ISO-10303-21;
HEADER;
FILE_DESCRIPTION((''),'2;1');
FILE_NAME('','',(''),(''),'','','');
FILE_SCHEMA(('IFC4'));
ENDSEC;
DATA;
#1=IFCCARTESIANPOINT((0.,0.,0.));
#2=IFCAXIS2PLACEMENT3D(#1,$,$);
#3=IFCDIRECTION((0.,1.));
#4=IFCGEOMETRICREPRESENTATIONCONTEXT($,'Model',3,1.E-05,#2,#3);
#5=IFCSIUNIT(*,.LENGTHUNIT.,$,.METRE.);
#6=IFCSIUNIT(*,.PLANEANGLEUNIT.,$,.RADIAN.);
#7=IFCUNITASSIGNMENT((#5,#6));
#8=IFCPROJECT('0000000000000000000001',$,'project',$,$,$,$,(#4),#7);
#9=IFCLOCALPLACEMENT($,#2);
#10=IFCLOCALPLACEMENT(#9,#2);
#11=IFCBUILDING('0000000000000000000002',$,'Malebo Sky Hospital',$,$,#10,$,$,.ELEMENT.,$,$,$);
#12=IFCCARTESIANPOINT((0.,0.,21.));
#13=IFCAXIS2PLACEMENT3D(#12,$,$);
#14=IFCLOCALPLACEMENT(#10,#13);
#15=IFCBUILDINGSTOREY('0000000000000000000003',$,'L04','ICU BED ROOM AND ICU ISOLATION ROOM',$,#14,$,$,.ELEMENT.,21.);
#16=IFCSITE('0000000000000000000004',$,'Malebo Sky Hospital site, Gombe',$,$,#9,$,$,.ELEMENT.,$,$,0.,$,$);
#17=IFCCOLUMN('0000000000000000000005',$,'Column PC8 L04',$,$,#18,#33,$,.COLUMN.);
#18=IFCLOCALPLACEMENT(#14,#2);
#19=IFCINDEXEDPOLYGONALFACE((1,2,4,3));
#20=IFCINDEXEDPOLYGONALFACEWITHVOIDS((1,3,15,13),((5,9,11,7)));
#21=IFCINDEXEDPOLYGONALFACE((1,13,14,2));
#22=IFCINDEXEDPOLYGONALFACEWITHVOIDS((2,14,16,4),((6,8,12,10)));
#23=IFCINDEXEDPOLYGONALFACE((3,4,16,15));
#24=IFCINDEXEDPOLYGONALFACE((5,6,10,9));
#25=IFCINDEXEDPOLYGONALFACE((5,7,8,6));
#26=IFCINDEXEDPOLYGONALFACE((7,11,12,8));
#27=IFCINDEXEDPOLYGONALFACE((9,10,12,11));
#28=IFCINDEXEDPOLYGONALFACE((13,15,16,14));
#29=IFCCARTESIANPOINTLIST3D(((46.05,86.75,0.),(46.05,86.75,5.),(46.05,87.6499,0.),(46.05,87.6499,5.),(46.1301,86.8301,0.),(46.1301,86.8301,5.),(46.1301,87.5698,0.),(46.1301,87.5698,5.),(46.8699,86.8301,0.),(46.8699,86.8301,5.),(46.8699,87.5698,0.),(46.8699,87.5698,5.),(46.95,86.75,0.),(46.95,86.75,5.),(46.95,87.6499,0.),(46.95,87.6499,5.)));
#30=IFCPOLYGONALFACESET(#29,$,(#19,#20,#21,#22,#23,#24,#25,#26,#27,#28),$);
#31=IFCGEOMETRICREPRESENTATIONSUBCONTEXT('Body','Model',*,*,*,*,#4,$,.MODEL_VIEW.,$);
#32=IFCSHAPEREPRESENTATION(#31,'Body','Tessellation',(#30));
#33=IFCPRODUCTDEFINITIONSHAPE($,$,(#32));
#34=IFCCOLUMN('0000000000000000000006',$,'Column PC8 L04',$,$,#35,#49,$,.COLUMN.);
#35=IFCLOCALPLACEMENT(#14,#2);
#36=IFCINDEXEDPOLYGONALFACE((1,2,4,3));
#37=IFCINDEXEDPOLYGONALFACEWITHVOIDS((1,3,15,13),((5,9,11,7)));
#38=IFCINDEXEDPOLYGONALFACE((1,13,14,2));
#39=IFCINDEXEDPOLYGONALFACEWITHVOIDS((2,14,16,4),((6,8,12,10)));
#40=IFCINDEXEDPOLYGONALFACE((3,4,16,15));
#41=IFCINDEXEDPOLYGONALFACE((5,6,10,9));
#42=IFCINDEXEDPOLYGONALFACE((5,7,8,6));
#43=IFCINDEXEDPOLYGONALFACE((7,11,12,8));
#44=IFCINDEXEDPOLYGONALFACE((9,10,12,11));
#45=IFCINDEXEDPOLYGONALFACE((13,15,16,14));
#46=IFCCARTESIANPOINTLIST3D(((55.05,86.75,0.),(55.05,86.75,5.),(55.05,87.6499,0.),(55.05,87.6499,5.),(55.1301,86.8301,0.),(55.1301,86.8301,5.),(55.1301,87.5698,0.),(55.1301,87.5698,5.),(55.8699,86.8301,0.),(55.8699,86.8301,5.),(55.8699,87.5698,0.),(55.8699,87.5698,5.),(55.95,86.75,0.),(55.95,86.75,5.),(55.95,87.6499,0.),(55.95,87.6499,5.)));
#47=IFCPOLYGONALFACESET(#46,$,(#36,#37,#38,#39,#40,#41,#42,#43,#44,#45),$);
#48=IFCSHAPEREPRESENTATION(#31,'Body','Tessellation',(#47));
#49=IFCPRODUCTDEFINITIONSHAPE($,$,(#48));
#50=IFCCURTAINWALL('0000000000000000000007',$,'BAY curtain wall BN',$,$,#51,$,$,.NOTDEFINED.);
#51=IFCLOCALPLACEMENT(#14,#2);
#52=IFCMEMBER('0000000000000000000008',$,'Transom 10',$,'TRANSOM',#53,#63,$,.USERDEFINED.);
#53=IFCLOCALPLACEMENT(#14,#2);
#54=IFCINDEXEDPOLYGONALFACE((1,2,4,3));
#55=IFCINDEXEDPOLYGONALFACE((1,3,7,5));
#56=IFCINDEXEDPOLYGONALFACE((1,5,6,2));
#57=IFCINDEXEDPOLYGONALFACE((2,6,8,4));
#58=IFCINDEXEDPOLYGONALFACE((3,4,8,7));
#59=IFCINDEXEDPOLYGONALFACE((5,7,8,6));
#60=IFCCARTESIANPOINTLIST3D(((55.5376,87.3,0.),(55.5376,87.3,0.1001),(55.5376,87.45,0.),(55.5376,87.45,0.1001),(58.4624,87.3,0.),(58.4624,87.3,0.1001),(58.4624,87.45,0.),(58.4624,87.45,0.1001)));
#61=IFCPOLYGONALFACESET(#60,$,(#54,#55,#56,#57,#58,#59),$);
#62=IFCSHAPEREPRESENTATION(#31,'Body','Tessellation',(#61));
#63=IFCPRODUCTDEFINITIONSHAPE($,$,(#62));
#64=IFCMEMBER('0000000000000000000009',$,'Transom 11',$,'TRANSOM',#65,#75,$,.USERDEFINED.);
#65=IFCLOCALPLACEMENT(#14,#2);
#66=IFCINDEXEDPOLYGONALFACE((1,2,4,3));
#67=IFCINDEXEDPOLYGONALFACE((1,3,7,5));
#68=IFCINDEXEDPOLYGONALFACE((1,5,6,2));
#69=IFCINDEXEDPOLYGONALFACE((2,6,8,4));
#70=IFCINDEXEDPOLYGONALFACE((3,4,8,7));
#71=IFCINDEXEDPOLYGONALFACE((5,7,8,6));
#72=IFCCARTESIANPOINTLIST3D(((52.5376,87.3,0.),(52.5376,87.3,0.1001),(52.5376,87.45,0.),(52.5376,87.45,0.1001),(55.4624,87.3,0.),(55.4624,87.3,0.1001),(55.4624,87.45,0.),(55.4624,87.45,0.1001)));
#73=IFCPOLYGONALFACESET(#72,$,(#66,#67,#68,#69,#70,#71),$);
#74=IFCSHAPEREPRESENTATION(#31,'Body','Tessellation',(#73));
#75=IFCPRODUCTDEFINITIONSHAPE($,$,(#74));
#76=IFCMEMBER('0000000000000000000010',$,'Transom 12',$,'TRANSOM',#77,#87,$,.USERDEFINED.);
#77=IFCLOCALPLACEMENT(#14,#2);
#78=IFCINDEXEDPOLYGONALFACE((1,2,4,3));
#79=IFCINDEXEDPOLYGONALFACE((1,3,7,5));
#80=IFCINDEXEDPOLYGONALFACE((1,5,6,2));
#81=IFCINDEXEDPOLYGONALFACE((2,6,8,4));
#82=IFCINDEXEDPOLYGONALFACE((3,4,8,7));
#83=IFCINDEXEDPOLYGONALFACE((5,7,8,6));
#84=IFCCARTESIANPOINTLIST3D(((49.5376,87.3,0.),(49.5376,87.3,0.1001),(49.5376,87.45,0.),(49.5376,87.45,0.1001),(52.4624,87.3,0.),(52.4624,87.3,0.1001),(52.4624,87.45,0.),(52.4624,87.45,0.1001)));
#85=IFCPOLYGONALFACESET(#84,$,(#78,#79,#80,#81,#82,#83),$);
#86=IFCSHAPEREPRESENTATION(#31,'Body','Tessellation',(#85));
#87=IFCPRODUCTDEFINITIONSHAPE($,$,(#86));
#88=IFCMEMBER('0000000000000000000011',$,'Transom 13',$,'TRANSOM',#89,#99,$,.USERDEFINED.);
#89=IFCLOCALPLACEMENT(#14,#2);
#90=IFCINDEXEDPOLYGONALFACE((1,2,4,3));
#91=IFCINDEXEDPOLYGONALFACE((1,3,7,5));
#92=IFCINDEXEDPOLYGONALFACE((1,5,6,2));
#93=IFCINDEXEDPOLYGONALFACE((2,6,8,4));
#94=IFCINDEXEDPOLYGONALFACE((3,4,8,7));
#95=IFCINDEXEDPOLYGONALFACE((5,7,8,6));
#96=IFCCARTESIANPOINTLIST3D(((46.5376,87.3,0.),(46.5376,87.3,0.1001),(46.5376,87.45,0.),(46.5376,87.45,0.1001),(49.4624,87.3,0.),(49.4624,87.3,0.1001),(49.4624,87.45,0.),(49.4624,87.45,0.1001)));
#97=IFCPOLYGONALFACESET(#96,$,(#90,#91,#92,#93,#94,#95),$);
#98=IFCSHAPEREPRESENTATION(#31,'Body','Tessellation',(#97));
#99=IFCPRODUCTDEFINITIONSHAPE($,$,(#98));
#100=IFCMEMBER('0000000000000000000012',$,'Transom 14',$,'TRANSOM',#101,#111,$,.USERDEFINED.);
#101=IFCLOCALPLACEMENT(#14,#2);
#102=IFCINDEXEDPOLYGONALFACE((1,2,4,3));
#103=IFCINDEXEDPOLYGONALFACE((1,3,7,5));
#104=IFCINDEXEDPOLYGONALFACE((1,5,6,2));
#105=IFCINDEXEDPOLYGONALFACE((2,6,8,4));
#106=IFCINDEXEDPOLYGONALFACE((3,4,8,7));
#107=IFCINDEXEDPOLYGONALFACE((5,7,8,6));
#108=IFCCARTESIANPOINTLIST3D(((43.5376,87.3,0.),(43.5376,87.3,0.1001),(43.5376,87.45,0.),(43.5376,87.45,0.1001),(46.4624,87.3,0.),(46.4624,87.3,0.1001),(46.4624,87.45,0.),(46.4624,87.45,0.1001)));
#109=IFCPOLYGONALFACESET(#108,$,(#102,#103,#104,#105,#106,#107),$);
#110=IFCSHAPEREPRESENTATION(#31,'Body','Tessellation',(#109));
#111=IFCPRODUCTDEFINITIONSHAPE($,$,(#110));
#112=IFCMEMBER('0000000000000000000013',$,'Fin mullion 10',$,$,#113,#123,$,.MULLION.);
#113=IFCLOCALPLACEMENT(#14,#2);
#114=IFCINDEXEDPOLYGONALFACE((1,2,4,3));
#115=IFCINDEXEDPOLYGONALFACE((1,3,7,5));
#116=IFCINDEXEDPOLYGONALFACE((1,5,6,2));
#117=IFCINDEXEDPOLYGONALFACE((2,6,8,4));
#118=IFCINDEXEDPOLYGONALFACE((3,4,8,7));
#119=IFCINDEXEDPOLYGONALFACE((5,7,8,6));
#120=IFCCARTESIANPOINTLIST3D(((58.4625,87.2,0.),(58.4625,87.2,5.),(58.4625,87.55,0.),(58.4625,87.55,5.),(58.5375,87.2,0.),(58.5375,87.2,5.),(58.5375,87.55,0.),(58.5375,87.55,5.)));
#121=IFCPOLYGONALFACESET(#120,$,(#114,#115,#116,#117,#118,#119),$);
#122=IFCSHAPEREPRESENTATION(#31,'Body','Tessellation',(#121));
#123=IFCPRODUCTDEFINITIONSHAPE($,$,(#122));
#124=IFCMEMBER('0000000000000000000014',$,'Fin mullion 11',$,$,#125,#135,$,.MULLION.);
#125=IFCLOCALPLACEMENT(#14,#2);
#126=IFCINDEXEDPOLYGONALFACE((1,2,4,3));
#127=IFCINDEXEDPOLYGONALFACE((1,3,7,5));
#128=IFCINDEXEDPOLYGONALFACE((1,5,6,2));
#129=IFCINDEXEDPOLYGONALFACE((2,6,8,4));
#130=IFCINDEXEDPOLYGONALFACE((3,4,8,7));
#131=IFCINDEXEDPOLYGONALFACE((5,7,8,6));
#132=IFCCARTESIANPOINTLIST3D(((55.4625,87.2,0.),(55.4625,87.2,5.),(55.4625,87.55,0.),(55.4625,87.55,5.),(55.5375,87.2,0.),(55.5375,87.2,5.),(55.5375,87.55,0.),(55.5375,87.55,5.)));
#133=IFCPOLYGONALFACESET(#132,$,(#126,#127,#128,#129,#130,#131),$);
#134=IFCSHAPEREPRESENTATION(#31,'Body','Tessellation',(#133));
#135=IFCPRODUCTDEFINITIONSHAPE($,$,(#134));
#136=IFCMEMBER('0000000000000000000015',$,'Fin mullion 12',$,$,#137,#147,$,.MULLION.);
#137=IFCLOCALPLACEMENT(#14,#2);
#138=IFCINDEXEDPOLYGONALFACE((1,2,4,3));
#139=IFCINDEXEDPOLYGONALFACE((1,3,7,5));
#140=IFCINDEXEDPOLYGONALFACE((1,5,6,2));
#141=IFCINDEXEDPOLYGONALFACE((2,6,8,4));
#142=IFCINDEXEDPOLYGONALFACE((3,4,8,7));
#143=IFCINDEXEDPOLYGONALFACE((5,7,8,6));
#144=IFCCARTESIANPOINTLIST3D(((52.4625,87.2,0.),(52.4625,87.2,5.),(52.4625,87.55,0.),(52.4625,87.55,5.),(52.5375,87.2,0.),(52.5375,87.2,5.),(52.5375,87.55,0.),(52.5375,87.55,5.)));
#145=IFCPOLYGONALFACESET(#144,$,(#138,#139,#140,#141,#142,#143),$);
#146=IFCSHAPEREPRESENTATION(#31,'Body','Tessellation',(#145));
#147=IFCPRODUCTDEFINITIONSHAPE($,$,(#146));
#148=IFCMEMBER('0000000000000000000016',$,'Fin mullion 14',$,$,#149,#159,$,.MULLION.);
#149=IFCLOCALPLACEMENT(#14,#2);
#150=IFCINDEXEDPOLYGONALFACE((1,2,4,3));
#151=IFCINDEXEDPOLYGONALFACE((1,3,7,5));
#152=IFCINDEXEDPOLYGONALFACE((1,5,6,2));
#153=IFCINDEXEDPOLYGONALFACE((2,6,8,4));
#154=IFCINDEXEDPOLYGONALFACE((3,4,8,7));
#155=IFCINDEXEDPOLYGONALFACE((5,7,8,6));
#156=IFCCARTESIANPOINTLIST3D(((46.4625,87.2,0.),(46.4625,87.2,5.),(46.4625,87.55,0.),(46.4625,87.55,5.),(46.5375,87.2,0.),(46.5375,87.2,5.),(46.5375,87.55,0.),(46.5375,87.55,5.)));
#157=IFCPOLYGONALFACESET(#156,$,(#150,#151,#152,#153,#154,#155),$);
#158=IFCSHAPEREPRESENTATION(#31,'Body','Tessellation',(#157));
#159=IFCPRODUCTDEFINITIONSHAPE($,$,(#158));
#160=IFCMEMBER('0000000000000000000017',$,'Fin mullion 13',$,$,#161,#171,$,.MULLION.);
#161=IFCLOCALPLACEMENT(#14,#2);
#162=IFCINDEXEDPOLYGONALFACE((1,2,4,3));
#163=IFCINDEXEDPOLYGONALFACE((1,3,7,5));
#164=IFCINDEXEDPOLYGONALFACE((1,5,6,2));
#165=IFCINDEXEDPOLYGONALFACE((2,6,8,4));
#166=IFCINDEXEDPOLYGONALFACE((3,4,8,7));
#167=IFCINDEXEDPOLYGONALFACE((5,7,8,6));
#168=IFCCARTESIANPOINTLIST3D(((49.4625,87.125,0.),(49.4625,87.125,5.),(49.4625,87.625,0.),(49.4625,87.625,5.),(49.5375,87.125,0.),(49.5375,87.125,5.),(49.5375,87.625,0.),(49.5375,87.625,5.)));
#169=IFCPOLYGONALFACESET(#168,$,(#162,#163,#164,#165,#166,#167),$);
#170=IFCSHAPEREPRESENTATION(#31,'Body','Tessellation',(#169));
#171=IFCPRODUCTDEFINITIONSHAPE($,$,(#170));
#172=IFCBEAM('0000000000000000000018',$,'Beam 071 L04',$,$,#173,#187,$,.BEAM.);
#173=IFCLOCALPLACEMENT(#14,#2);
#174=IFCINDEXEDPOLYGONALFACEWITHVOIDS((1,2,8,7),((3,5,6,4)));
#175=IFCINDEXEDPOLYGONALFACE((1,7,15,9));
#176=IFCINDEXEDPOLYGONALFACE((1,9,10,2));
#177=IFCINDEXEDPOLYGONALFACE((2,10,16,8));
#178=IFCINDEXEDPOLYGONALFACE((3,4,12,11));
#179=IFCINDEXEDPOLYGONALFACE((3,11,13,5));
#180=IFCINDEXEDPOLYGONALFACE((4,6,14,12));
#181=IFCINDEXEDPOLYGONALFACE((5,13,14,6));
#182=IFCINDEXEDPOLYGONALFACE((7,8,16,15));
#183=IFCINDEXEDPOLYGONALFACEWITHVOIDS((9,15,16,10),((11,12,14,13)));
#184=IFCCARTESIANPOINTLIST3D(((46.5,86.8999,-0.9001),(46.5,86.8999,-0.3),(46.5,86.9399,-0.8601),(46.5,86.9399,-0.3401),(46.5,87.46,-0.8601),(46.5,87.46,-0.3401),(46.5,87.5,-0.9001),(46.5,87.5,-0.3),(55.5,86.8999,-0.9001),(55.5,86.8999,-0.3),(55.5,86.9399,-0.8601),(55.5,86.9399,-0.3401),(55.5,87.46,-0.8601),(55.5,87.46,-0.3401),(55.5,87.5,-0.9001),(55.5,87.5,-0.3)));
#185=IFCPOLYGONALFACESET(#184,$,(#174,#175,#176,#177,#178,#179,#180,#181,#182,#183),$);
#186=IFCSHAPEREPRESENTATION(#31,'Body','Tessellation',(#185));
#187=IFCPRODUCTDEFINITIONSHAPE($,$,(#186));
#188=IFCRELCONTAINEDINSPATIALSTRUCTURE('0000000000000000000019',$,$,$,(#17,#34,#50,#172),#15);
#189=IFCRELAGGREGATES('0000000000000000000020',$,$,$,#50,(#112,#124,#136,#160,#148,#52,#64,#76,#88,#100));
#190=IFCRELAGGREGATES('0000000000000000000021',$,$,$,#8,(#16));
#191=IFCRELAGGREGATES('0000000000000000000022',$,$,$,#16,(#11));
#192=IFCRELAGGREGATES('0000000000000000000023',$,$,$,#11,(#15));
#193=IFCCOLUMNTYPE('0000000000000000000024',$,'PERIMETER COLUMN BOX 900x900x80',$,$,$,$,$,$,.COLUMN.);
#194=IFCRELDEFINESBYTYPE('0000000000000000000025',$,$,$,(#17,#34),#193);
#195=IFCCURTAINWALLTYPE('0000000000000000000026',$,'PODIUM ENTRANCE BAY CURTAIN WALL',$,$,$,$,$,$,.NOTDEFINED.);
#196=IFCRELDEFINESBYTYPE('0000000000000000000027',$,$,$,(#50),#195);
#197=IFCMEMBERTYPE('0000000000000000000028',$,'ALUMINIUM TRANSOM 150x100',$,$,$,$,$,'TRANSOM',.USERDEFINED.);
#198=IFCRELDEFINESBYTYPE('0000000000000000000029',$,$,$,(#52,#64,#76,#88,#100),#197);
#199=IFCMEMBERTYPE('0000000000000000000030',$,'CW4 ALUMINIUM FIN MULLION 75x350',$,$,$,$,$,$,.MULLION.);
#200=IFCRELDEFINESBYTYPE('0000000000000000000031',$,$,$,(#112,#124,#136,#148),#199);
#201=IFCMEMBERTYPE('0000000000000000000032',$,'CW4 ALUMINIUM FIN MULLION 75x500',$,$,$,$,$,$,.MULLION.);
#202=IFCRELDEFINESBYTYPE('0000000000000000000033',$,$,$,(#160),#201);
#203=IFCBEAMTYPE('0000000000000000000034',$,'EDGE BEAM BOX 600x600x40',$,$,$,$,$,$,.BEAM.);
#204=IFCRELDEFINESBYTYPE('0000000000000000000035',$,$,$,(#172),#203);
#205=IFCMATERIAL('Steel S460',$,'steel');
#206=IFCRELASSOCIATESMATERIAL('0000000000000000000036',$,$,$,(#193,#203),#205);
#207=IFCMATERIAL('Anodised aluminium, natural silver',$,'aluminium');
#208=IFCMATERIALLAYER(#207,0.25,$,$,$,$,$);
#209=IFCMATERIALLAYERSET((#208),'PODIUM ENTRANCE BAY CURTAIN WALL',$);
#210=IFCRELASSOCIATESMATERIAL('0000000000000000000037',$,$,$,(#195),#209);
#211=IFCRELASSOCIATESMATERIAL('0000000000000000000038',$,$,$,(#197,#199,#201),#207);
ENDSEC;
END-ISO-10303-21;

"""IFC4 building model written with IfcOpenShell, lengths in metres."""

from ifc_helpers import new_model, si_unit, direction, frame, origin, origin_2d, place, context, subcontext, project, spatial, rectangle, hollow_rectangle, extrude, material, layer, layer_set, material_profile, profile_set, type_object, element, aggregate, save


model = new_model("IFC4")

# Units and contexts
model_context = context("Model", 3, precision=1e-05, world=origin(), true_north=direction((0.0, 1.0)))
body_context = subcontext(model_context, "Body", "Model", "MODEL_VIEW")
ifc_project = project(units=[si_unit("LENGTHUNIT", "METRE"), si_unit("PLANEANGLEUNIT", "RADIAN")], contexts=[model_context])

# Site, building, storey
site_placement = place(None, origin())
site = spatial("IfcSite", under=ifc_project, at=site_placement, Name="Malebo Sky Hospital site, Gombe", CompositionType="ELEMENT", RefElevation=0.0)
building_placement = place(site_placement, origin())
building = spatial("IfcBuilding", under=site, at=building_placement, Name="Malebo Sky Hospital", CompositionType="ELEMENT")
storey_placement = place(building_placement, frame((0.0, 0.0, 21.0)))
storey = spatial("IfcBuildingStorey", under=building, at=storey_placement, Name="L04", Description="ICU BED ROOM AND ICU ISOLATION ROOM", CompositionType="ELEMENT", Elevation=21.0)

# Columns
ifc_material_1 = material(Name="Steel S460", Category="steel")
ifc_material_profile_1 = material_profile(ifc_material_1, hollow_rectangle(XDim=0.8999, YDim=0.8999, WallThickness=0.0801, at=origin_2d()), Name="BOX 900x900x80")
ifc_profile_set_1 = profile_set([ifc_material_profile_1], Name="Steel S460")
column_type = type_object("IfcColumnType", Name="PERIMETER COLUMN BOX 900x900x80", PredefinedType="COLUMN", material=ifc_profile_set_1)
for number, where, z_axis, x_axis, name in (
    (1, (46.5, 87.2, 0.0), (0.0, 0.0, 1.0), (1.0, 0.0, 0.0), "Column PC8 L04"),
    (2, (55.5, 87.2, 0.0), (0.0, 0.0, 1.0), (1.0, 0.0, 0.0), "Column PC8 L04"),
):
    element("IfcColumn", number, at=place(storey_placement, frame(where, z_axis=z_axis, x_axis=x_axis)), inside=storey, type_object=column_type, Name=name, PredefinedType="COLUMN", context=body_context, shape_type="SweptSolid", body=[
        extrude(hollow_rectangle(XDim=0.8999, YDim=0.8999, WallThickness=0.0801, at=origin_2d()), origin(), (0.0, 0.0, 1.0), 5.0),
    ])

# Curtain wall, members
ifc_material_2 = material(Name="Anodised aluminium, natural silver", Category="aluminium")
ifc_layer_1 = layer(ifc_material_2, 0.25)
ifc_layer_set_1 = layer_set([ifc_layer_1], Name="PODIUM ENTRANCE BAY CURTAIN WALL")
curtain_wall_type = type_object("IfcCurtainWallType", Name="PODIUM ENTRANCE BAY CURTAIN WALL", PredefinedType="NOTDEFINED", material=ifc_layer_set_1)
curtain_wall_placement = place(storey_placement, origin())
curtain_wall = element("IfcCurtainWall", 3, at=curtain_wall_placement, inside=storey, type_object=curtain_wall_type, Name="BAY curtain wall BN", PredefinedType="NOTDEFINED")
ifc_material_profile_2 = material_profile(ifc_material_2, rectangle(XDim=0.1499, YDim=0.1001, at=origin_2d()), Name="ALUMINIUM TRANSOM 150x100")
ifc_profile_set_2 = profile_set([ifc_material_profile_2], Name="Anodised aluminium, natural silver")
member_type_1 = type_object("IfcMemberType", Name="ALUMINIUM TRANSOM 150x100", ElementType="TRANSOM", PredefinedType="USERDEFINED", material=ifc_profile_set_2)
member_1_placement = place(storey_placement, frame((58.4624, 87.375, 0.05), z_axis=(-1.0, 0.0, 0.0), x_axis=(0.0, -1.0, 0.0)))
member_1 = element("IfcMember", 4, at=member_1_placement, type_object=member_type_1, Name="Transom 10", ObjectType="TRANSOM", PredefinedType="USERDEFINED", context=body_context, shape_type="SweptSolid", body=[
    extrude(rectangle(XDim=0.1499, YDim=0.1001, at=origin_2d()), origin(), (0.0, 0.0, 1.0), 2.9248),
])
member_2_placement = place(storey_placement, frame((55.4624, 87.375, 0.05), z_axis=(-1.0, 0.0, 0.0), x_axis=(0.0, -1.0, 0.0)))
member_2 = element("IfcMember", 5, at=member_2_placement, type_object=member_type_1, Name="Transom 11", ObjectType="TRANSOM", PredefinedType="USERDEFINED", context=body_context, shape_type="SweptSolid", body=[
    extrude(rectangle(XDim=0.1499, YDim=0.1001, at=origin_2d()), origin(), (0.0, 0.0, 1.0), 2.9248),
])
member_3_placement = place(storey_placement, frame((52.4624, 87.375, 0.05), z_axis=(-1.0, 0.0, 0.0), x_axis=(0.0, -1.0, 0.0)))
member_3 = element("IfcMember", 6, at=member_3_placement, type_object=member_type_1, Name="Transom 12", ObjectType="TRANSOM", PredefinedType="USERDEFINED", context=body_context, shape_type="SweptSolid", body=[
    extrude(rectangle(XDim=0.1499, YDim=0.1001, at=origin_2d()), origin(), (0.0, 0.0, 1.0), 2.9248),
])
member_4_placement = place(storey_placement, frame((49.4624, 87.375, 0.05), z_axis=(-1.0, 0.0, 0.0), x_axis=(0.0, -1.0, 0.0)))
member_4 = element("IfcMember", 7, at=member_4_placement, type_object=member_type_1, Name="Transom 13", ObjectType="TRANSOM", PredefinedType="USERDEFINED", context=body_context, shape_type="SweptSolid", body=[
    extrude(rectangle(XDim=0.1499, YDim=0.1001, at=origin_2d()), origin(), (0.0, 0.0, 1.0), 2.9248),
])
member_5_placement = place(storey_placement, frame((46.4624, 87.375, 0.05), z_axis=(-1.0, 0.0, 0.0), x_axis=(0.0, -1.0, 0.0)))
member_5 = element("IfcMember", 8, at=member_5_placement, type_object=member_type_1, Name="Transom 14", ObjectType="TRANSOM", PredefinedType="USERDEFINED", context=body_context, shape_type="SweptSolid", body=[
    extrude(rectangle(XDim=0.1499, YDim=0.1001, at=origin_2d()), origin(), (0.0, 0.0, 1.0), 2.9248),
])
ifc_material_profile_3 = material_profile(ifc_material_2, rectangle(XDim=0.075, YDim=0.3501, at=origin_2d()), Name="CW4 ALUMINIUM FIN MULLION 75x350")
ifc_profile_set_3 = profile_set([ifc_material_profile_3], Name="Anodised aluminium, natural silver")
member_type_2 = type_object("IfcMemberType", Name="CW4 ALUMINIUM FIN MULLION 75x350", PredefinedType="MULLION", material=ifc_profile_set_3)
member_6_placement = place(storey_placement, frame((58.5, 87.375, 0.0), z_axis=(0.0, 0.0, 1.0), x_axis=(-1.0, 0.0, 0.0)))
member_6 = element("IfcMember", 9, at=member_6_placement, type_object=member_type_2, Name="Fin mullion 10", PredefinedType="MULLION", context=body_context, shape_type="SweptSolid", body=[
    extrude(rectangle(XDim=0.075, YDim=0.3501, at=origin_2d()), origin(), (0.0, 0.0, 1.0), 5.0),
])
member_7_placement = place(storey_placement, frame((55.5, 87.375, 0.0), z_axis=(0.0, 0.0, 1.0), x_axis=(-1.0, 0.0, 0.0)))
member_7 = element("IfcMember", 10, at=member_7_placement, type_object=member_type_2, Name="Fin mullion 11", PredefinedType="MULLION", context=body_context, shape_type="SweptSolid", body=[
    extrude(rectangle(XDim=0.075, YDim=0.3501, at=origin_2d()), origin(), (0.0, 0.0, 1.0), 5.0),
])
member_8_placement = place(storey_placement, frame((52.5, 87.375, 0.0), z_axis=(0.0, 0.0, 1.0), x_axis=(-1.0, 0.0, 0.0)))
member_8 = element("IfcMember", 11, at=member_8_placement, type_object=member_type_2, Name="Fin mullion 12", PredefinedType="MULLION", context=body_context, shape_type="SweptSolid", body=[
    extrude(rectangle(XDim=0.075, YDim=0.3501, at=origin_2d()), origin(), (0.0, 0.0, 1.0), 5.0),
])
member_9_placement = place(storey_placement, frame((46.5, 87.375, 0.0), z_axis=(0.0, 0.0, 1.0), x_axis=(-1.0, 0.0, 0.0)))
member_9 = element("IfcMember", 12, at=member_9_placement, type_object=member_type_2, Name="Fin mullion 14", PredefinedType="MULLION", context=body_context, shape_type="SweptSolid", body=[
    extrude(rectangle(XDim=0.075, YDim=0.3501, at=origin_2d()), origin(), (0.0, 0.0, 1.0), 5.0),
])
ifc_material_profile_4 = material_profile(ifc_material_2, rectangle(XDim=0.075, YDim=0.5, at=origin_2d()), Name="CW4 ALUMINIUM FIN MULLION 75x500")
ifc_profile_set_4 = profile_set([ifc_material_profile_4], Name="Anodised aluminium, natural silver")
member_type_3 = type_object("IfcMemberType", Name="CW4 ALUMINIUM FIN MULLION 75x500", PredefinedType="MULLION", material=ifc_profile_set_4)
member_10_placement = place(storey_placement, frame((49.5, 87.375, 0.0), z_axis=(0.0, 0.0, 1.0), x_axis=(-1.0, 0.0, 0.0)))
member_10 = element("IfcMember", 13, at=member_10_placement, type_object=member_type_3, Name="Fin mullion 13", PredefinedType="MULLION", context=body_context, shape_type="SweptSolid", body=[
    extrude(rectangle(XDim=0.075, YDim=0.5, at=origin_2d()), origin(), (0.0, 0.0, 1.0), 5.0),
])

# Beam
ifc_material_profile_5 = material_profile(ifc_material_1, hollow_rectangle(XDim=0.6001, YDim=0.6001, WallThickness=0.04, at=origin_2d()), Name="BOX 600x600x40")
ifc_profile_set_5 = profile_set([ifc_material_profile_5], Name="Steel S460")
beam_type = type_object("IfcBeamType", Name="EDGE BEAM BOX 600x600x40", PredefinedType="BEAM", material=ifc_profile_set_5)
for number, where, z_axis, x_axis, name in (
    (14, (46.5, 87.2, -0.6001), (1.0, 0.0, 0.0), (0.0, 1.0, 0.0), "Beam 071 L04"),
):
    element("IfcBeam", number, at=place(storey_placement, frame(where, z_axis=z_axis, x_axis=x_axis)), inside=storey, type_object=beam_type, Name=name, PredefinedType="BEAM", context=body_context, shape_type="SweptSolid", body=[
        extrude(hollow_rectangle(XDim=0.6001, YDim=0.6001, WallThickness=0.04, at=origin_2d()), origin(), (0.0, 0.0, 1.0), 9.0),
    ])

aggregate(curtain_wall, [member_6, member_7, member_8, member_10, member_9, member_1, member_2, member_3, member_4, member_5])

save(model, "model.ifc")
